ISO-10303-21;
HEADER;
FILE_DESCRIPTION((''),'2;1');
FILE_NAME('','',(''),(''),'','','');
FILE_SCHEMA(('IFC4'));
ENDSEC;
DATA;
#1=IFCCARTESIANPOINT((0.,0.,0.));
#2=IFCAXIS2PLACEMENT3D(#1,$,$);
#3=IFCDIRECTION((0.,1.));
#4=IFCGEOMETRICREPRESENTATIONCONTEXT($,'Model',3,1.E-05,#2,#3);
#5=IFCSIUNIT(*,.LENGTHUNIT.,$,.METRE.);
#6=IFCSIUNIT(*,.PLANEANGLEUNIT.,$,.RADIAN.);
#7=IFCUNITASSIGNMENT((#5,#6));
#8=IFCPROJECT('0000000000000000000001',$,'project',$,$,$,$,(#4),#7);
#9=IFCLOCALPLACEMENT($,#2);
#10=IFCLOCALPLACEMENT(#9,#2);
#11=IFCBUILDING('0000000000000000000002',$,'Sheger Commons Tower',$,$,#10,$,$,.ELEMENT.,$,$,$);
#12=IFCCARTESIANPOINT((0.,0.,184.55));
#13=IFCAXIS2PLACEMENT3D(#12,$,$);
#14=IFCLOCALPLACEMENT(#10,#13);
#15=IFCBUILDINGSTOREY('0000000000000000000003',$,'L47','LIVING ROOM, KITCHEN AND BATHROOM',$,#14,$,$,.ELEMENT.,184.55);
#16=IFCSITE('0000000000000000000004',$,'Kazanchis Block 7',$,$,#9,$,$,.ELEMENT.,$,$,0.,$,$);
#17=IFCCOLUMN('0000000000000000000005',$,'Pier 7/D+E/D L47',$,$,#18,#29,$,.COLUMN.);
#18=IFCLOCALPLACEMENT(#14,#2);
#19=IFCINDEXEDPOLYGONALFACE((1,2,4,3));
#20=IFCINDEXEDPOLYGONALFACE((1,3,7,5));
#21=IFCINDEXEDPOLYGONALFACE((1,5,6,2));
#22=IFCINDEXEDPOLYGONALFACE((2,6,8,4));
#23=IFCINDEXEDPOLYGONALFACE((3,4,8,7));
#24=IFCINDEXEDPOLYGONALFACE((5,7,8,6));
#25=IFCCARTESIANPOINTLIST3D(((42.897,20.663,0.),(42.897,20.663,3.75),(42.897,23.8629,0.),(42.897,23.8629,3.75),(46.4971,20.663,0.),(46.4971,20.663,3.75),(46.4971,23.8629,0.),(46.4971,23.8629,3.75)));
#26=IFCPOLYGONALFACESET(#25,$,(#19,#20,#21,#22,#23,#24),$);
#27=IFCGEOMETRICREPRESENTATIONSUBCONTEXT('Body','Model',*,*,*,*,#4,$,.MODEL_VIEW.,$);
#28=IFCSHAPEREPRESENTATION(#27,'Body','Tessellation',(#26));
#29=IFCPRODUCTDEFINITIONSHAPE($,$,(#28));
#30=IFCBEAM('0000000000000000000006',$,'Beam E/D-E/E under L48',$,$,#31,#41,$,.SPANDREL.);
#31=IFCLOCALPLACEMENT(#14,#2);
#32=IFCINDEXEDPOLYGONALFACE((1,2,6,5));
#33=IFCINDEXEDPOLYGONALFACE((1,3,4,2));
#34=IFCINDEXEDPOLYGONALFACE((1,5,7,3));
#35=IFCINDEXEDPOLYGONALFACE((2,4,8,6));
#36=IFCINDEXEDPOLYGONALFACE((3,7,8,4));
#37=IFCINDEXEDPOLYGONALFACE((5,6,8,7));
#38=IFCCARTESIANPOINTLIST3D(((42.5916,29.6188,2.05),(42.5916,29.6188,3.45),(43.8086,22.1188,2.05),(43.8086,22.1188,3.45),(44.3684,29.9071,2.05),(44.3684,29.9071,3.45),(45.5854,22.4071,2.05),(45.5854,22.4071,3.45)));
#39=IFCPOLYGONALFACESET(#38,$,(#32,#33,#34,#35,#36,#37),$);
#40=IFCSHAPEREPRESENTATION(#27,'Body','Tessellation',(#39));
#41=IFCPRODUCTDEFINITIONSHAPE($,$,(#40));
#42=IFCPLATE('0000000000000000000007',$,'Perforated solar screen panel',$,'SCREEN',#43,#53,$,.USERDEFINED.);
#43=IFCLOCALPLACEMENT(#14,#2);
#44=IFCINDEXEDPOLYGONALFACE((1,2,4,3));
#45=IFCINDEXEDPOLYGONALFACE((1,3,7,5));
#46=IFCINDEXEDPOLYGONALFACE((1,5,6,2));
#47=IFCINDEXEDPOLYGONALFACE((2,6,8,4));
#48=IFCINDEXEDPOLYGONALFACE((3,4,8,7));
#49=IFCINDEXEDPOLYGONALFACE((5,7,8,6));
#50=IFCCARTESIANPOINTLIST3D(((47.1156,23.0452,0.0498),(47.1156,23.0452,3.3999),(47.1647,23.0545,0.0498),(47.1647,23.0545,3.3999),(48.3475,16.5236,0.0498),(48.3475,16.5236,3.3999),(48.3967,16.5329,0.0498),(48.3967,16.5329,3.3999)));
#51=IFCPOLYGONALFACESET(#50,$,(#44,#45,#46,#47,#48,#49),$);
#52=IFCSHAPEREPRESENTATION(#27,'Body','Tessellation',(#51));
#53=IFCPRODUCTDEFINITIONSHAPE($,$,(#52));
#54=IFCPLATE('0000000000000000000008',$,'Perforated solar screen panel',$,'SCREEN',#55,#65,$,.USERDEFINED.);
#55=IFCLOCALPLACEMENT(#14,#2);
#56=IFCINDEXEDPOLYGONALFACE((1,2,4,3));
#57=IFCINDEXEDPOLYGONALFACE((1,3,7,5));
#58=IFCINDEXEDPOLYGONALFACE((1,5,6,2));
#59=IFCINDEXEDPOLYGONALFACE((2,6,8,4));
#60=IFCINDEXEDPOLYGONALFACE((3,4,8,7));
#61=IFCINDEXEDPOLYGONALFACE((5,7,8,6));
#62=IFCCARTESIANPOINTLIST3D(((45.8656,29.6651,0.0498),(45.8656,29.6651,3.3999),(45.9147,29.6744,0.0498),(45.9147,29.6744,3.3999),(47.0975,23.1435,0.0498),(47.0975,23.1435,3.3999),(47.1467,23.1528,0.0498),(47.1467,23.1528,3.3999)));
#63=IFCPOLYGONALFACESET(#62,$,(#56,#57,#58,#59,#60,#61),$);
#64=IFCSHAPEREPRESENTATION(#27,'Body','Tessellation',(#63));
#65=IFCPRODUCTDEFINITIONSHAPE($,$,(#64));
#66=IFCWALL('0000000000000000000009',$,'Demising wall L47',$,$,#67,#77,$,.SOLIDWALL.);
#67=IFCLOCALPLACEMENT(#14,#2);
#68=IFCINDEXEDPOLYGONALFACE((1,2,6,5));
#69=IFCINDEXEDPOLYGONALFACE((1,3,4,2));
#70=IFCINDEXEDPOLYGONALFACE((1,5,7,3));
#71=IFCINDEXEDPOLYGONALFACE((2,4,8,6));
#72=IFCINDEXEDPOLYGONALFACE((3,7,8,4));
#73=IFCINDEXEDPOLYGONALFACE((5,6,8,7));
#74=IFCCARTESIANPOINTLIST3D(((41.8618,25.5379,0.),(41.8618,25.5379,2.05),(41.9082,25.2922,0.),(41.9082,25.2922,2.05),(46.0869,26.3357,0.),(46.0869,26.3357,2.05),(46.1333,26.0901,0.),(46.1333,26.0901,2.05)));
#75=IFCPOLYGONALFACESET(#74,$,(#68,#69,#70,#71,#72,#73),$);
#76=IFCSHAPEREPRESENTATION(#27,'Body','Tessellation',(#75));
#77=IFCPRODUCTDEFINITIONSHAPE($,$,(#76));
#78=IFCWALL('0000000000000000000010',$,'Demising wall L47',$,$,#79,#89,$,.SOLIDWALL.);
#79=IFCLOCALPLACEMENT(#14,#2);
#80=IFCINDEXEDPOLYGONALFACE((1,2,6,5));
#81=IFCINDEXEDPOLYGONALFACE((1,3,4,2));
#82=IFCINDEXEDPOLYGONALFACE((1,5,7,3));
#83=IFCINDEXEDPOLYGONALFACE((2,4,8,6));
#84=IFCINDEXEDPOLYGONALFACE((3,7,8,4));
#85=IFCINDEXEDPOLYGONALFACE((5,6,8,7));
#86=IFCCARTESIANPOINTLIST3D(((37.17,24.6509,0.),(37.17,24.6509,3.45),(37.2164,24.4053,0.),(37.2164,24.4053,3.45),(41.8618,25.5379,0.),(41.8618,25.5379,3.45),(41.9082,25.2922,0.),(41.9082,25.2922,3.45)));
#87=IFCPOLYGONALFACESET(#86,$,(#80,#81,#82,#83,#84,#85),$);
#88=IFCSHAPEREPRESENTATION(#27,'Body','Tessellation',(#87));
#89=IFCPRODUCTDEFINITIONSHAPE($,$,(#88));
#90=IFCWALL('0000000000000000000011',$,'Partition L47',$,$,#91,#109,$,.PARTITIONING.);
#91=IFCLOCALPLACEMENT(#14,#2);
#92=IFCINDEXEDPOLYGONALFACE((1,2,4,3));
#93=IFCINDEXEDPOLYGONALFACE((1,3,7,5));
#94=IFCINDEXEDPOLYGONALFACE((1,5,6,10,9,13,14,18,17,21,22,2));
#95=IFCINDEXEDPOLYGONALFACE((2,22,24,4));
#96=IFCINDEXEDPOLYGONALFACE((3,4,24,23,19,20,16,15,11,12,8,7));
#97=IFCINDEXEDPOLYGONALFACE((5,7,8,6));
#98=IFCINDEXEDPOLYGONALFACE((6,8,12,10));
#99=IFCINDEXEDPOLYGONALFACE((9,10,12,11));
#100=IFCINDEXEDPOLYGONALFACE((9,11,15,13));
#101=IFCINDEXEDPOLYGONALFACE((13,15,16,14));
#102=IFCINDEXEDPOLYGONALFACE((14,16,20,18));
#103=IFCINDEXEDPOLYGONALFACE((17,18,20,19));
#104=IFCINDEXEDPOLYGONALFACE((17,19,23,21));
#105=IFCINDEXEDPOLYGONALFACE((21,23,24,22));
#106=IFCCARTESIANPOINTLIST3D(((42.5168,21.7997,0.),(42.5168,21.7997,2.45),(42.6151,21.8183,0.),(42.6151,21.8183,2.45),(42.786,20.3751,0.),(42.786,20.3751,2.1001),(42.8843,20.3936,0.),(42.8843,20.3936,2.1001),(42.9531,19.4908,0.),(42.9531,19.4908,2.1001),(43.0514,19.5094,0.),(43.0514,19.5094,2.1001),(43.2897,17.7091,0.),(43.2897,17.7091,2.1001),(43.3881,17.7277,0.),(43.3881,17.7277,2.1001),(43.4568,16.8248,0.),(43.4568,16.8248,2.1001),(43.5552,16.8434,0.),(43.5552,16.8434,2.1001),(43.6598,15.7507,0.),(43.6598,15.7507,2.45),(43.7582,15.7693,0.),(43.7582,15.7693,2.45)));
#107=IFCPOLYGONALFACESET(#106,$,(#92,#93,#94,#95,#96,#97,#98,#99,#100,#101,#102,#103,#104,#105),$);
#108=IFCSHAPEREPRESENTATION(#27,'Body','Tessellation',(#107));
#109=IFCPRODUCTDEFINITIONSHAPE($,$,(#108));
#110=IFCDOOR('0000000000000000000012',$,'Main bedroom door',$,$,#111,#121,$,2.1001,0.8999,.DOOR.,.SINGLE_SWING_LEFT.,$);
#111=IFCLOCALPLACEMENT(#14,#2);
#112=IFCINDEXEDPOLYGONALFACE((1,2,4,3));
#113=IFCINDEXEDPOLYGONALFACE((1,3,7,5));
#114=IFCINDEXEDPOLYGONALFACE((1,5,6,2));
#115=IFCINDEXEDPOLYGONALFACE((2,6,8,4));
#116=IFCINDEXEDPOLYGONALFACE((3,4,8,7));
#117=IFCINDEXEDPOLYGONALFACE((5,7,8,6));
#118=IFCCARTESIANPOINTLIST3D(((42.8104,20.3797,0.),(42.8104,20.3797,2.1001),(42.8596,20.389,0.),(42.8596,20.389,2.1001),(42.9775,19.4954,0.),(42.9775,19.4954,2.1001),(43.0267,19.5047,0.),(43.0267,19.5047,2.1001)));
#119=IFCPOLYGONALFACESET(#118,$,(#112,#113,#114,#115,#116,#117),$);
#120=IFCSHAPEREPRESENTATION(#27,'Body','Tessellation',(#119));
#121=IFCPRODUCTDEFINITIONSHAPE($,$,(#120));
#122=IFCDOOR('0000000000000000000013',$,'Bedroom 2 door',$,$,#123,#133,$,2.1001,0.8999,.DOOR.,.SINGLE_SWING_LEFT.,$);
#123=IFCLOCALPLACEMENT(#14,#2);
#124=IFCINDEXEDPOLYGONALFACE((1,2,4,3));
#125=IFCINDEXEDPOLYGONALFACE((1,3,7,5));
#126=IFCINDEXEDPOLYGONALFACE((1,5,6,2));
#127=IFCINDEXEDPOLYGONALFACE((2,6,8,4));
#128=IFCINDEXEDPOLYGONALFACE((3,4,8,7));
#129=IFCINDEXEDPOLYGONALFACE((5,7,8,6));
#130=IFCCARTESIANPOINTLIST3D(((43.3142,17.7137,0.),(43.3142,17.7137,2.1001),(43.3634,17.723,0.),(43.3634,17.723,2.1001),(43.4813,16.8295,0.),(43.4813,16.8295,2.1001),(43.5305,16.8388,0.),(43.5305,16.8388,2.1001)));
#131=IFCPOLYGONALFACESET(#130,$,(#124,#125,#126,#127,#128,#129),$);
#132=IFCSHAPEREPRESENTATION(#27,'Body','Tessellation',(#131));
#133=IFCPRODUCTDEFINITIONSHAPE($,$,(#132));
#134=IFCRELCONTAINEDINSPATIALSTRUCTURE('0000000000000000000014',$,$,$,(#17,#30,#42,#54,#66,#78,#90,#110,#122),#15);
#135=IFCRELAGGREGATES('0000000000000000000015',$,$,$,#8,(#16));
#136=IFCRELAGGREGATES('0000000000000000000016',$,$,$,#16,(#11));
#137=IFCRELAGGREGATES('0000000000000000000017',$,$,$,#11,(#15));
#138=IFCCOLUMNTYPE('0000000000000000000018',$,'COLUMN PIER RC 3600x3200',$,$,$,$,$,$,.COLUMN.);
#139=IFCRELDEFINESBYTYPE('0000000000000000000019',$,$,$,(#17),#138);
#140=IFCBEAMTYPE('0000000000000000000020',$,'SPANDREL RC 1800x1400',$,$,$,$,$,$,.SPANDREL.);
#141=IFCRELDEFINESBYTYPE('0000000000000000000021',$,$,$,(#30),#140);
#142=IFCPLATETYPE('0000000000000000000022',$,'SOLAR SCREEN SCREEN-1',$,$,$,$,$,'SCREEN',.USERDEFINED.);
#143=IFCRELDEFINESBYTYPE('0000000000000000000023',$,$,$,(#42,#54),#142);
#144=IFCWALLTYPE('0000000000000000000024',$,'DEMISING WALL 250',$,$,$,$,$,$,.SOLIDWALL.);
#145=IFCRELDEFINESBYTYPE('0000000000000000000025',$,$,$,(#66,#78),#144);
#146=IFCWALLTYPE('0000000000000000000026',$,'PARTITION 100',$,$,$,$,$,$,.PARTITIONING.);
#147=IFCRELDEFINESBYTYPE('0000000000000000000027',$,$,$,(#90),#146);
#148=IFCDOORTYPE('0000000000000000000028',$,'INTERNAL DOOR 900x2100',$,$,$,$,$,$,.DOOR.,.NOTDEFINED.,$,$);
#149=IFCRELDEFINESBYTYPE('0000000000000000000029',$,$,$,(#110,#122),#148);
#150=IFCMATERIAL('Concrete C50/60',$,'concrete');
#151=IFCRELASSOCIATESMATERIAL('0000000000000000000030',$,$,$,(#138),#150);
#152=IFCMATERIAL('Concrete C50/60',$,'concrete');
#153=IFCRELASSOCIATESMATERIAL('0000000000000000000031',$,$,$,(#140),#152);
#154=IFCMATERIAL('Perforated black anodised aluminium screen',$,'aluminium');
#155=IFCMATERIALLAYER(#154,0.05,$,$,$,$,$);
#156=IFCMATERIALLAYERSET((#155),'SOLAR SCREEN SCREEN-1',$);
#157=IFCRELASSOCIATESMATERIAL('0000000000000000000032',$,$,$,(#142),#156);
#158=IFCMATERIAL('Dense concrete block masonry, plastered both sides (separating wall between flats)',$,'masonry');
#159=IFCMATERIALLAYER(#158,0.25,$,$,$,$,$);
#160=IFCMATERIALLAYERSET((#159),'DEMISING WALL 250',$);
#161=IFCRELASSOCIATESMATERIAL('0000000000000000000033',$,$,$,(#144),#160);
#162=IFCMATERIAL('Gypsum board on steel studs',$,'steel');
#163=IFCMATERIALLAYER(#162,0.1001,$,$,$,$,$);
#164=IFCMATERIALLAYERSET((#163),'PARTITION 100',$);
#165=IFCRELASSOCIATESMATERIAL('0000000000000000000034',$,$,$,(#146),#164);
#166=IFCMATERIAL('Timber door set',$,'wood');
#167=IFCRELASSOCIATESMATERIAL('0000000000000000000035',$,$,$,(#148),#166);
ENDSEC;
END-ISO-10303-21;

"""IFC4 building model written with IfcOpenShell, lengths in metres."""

from ifc_helpers import new_model, si_unit, direction, frame, frame_2d, origin, origin_2d, place, context, subcontext, project, spatial, rectangle, extrude, material, layer, layer_set, material_profile, profile_set, type_object, element, fill, save


model = new_model("IFC4")

# Units and contexts
model_context = context("Model", 3, precision=1e-05, world=origin(), true_north=direction((0.0, 1.0)))
body_context = subcontext(model_context, "Body", "Model", "MODEL_VIEW")
ifc_project = project(units=[si_unit("LENGTHUNIT", "METRE"), si_unit("PLANEANGLEUNIT", "RADIAN")], contexts=[model_context])

# Site, building, storey
site_placement = place(None, origin())
site = spatial("IfcSite", under=ifc_project, at=site_placement, Name="Kazanchis Block 7", CompositionType="ELEMENT", RefElevation=0.0)
building_placement = place(site_placement, origin())
building = spatial("IfcBuilding", under=site, at=building_placement, Name="Sheger Commons Tower", CompositionType="ELEMENT")
storey_placement = place(building_placement, frame((0.0, 0.0, 184.55)))
storey = spatial("IfcBuildingStorey", under=building, at=storey_placement, Name="L47", Description="LIVING ROOM, KITCHEN AND BATHROOM", CompositionType="ELEMENT", Elevation=184.55)

# Column
ifc_material_1 = material(Name="Concrete C50/60", Category="concrete")
ifc_material_profile_1 = material_profile(ifc_material_1, rectangle(XDim=3.6001, YDim=3.2, at=origin_2d()), Name="RC 3600x3200")
ifc_profile_set_1 = profile_set([ifc_material_profile_1], Name="Concrete C50/60")
column_type = type_object("IfcColumnType", Name="COLUMN PIER RC 3600x3200", PredefinedType="COLUMN", material=ifc_profile_set_1)
column_placement = place(storey_placement, frame((44.697, 22.2629, 0.0), z_axis=(0.0, 0.0, 1.0), x_axis=(1.0, 0.0, 0.0)))
element("IfcColumn", 1, at=column_placement, inside=storey, type_object=column_type, Name="Pier 7/D+E/D L47", PredefinedType="COLUMN", context=body_context, shape_type="SweptSolid", body=[
    extrude(rectangle(XDim=3.6001, YDim=3.2, at=origin_2d()), origin(), (0.0, 0.0, 1.0), 3.75),
])

# Beam
ifc_material_2 = material(Name="Concrete C50/60", Category="concrete")
ifc_material_profile_2 = material_profile(ifc_material_2, rectangle(XDim=1.8, YDim=1.3999, at=origin_2d()), Name="RC 1800x1400")
ifc_profile_set_2 = profile_set([ifc_material_profile_2], Name="Concrete C50/60")
beam_type = type_object("IfcBeamType", Name="SPANDREL RC 1800x1400", PredefinedType="SPANDREL", material=ifc_profile_set_2)
beam_placement = place(storey_placement, frame((44.697, 22.2629, 2.75), z_axis=(-0.160177, 0.987088, 0.0), x_axis=(-0.987088, -0.160177, 0.0)))
element("IfcBeam", 2, at=beam_placement, inside=storey, type_object=beam_type, Name="Beam E/D-E/E under L48", PredefinedType="SPANDREL", context=body_context, shape_type="SweptSolid", body=[
    extrude(rectangle(XDim=1.8, YDim=1.3999, at=origin_2d()), origin(), (0.0, 0.0, 1.0), 7.5981),
])

# Plates
ifc_material_3 = material(Name="Perforated black anodised aluminium screen", Category="aluminium")
ifc_layer_1 = layer(ifc_material_3, 0.05)
ifc_layer_set_1 = layer_set([ifc_layer_1], Name="SOLAR SCREEN SCREEN-1")
plate_type = type_object("IfcPlateType", Name="SOLAR SCREEN SCREEN-1", ElementType="SCREEN", PredefinedType="USERDEFINED", material=ifc_layer_set_1)
for number, where, z_axis, x_axis, name in (
    (3, (47.7561, 19.7891, 0.0498), (0.0, 0.0, 1.0), (-0.185615, 0.982623, 0.0), "Perforated solar screen panel"),
    (4, (46.5061, 26.4089, 0.0498), (0.0, 0.0, 1.0), (-0.185615, 0.982623, 0.0), "Perforated solar screen panel"),
):
    element("IfcPlate", number, at=place(storey_placement, frame(where, z_axis=z_axis, x_axis=x_axis)), inside=storey, type_object=plate_type, Name=name, ObjectType="SCREEN", PredefinedType="USERDEFINED", context=body_context, shape_type="SweptSolid", body=[
        extrude(rectangle(XDim=6.637, YDim=0.05, at=origin_2d()), origin(), (0.0, 0.0, 1.0), 3.3501),
    ])

# Walls
ifc_material_4 = material(Name="Dense concrete block masonry, plastered both sides (separating wall between flats)", Category="masonry")
ifc_layer_2 = layer(ifc_material_4, 0.25)
ifc_layer_set_2 = layer_set([ifc_layer_2], Name="DEMISING WALL 250")
wall_type_1 = type_object("IfcWallType", Name="DEMISING WALL 250", PredefinedType="SOLIDWALL", material=ifc_layer_set_2)
wall_1_placement = place(storey_placement, frame((46.1101, 26.2129, 0.0), z_axis=(0.0, 0.0, 1.0), x_axis=(-0.982634, -0.185557, 0.0)))
element("IfcWall", 5, at=wall_1_placement, inside=storey, type_object=wall_type_1, Name="Demising wall L47", PredefinedType="SOLIDWALL", context=body_context, shape_type="SweptSolid", body=[
    extrude(rectangle(XDim=4.2998, YDim=0.25, at=frame_2d((2.1499, 0.0))), origin(), (0.0, 0.0, 1.0), 2.05),
])
wall_2_placement = place(storey_placement, frame((41.885, 25.415, 0.0), z_axis=(0.0, 0.0, 1.0), x_axis=(-0.982597, -0.185752, 0.0)))
element("IfcWall", 6, at=wall_2_placement, inside=storey, type_object=wall_type_1, Name="Demising wall L47", PredefinedType="SOLIDWALL", context=body_context, shape_type="SweptSolid", body=[
    extrude(rectangle(XDim=4.7749, YDim=0.25, at=frame_2d((2.3875, 0.0))), origin(), (0.0, 0.0, 1.0), 3.45),
])

# Wall, openings, doors
ifc_material_5 = material(Name="Gypsum board on steel studs", Category="steel")
ifc_layer_3 = layer(ifc_material_5, 0.1001)
ifc_layer_set_3 = layer_set([ifc_layer_3], Name="PARTITION 100")
wall_type_2 = type_object("IfcWallType", Name="PARTITION 100", PredefinedType="PARTITIONING", material=ifc_layer_set_3)
wall_3_placement = place(storey_placement, frame((42.5659, 21.8091, 0.0), z_axis=(0.0, 0.0, 1.0), x_axis=(0.18568, -0.98261, 0.0)))
wall_3 = element("IfcWall", 7, at=wall_3_placement, inside=storey, type_object=wall_type_2, Name="Partition L47", PredefinedType="PARTITIONING", context=body_context, shape_type="SweptSolid", body=[
    extrude(rectangle(XDim=6.156, YDim=0.1001, at=frame_2d((3.0781, 0.0))), origin(), (0.0, 0.0, 1.0), 2.45),
])
opening_1_placement = place(wall_3_placement, frame((1.45, 0.0, 0.0)))
opening_1 = element("IfcOpeningElement", 8, at=opening_1_placement, cuts=wall_3, PredefinedType="OPENING", context=body_context, shape_type="SweptSolid", body=[
    extrude(rectangle(XDim=0.8999, YDim=2.1001, at=frame_2d((0.45, 1.05))), frame((0.0, 0.0601, 0.0), z_axis=(0.0, -1.0, 0.0), x_axis=(1.0, 0.0, 0.0)), (0.0, 0.0, 1.0), 0.1201),
])
opening_2_placement = place(wall_3_placement, frame((4.1631, 0.0, 0.0)))
opening_2 = element("IfcOpeningElement", 9, at=opening_2_placement, cuts=wall_3, PredefinedType="OPENING", context=body_context, shape_type="SweptSolid", body=[
    extrude(rectangle(XDim=0.8999, YDim=2.1001, at=frame_2d((0.45, 1.05))), frame((0.0, 0.0601, 0.0), z_axis=(0.0, -1.0, 0.0), x_axis=(1.0, 0.0, 0.0)), (0.0, 0.0, 1.0), 0.1201),
])
ifc_material_6 = material(Name="Timber door set", Category="wood")
door_type = type_object("IfcDoorType", Name="INTERNAL DOOR 900x2100", OperationType="NOTDEFINED", PredefinedType="DOOR", material=ifc_material_6)
door_1_placement = place(opening_1_placement, origin())
door_1 = element("IfcDoor", 10, at=door_1_placement, inside=storey, type_object=door_type, Name="Main bedroom door", OperationType="SINGLE_SWING_LEFT", OverallHeight=2.1001, OverallWidth=0.8999, PredefinedType="DOOR", context=body_context, shape_type="SweptSolid", body=[
    extrude(rectangle(XDim=0.8999, YDim=2.1001, at=frame_2d((0.45, 1.05))), frame((0.0, 0.0249, 0.0), z_axis=(0.0, -1.0, 0.0), x_axis=(1.0, 0.0, 0.0)), (0.0, 0.0, 1.0), 0.05),
])
fill(opening_1, door_1)
door_2_placement = place(opening_2_placement, origin())
door_2 = element("IfcDoor", 11, at=door_2_placement, inside=storey, type_object=door_type, Name="Bedroom 2 door", OperationType="SINGLE_SWING_LEFT", OverallHeight=2.1001, OverallWidth=0.8999, PredefinedType="DOOR", context=body_context, shape_type="SweptSolid", body=[
    extrude(rectangle(XDim=0.8999, YDim=2.1001, at=frame_2d((0.45, 1.05))), frame((0.0, 0.0249, 0.0), z_axis=(0.0, -1.0, 0.0), x_axis=(1.0, 0.0, 0.0)), (0.0, 0.0, 1.0), 0.05),
])
fill(opening_2, door_2)

save(model, "model.ifc")
